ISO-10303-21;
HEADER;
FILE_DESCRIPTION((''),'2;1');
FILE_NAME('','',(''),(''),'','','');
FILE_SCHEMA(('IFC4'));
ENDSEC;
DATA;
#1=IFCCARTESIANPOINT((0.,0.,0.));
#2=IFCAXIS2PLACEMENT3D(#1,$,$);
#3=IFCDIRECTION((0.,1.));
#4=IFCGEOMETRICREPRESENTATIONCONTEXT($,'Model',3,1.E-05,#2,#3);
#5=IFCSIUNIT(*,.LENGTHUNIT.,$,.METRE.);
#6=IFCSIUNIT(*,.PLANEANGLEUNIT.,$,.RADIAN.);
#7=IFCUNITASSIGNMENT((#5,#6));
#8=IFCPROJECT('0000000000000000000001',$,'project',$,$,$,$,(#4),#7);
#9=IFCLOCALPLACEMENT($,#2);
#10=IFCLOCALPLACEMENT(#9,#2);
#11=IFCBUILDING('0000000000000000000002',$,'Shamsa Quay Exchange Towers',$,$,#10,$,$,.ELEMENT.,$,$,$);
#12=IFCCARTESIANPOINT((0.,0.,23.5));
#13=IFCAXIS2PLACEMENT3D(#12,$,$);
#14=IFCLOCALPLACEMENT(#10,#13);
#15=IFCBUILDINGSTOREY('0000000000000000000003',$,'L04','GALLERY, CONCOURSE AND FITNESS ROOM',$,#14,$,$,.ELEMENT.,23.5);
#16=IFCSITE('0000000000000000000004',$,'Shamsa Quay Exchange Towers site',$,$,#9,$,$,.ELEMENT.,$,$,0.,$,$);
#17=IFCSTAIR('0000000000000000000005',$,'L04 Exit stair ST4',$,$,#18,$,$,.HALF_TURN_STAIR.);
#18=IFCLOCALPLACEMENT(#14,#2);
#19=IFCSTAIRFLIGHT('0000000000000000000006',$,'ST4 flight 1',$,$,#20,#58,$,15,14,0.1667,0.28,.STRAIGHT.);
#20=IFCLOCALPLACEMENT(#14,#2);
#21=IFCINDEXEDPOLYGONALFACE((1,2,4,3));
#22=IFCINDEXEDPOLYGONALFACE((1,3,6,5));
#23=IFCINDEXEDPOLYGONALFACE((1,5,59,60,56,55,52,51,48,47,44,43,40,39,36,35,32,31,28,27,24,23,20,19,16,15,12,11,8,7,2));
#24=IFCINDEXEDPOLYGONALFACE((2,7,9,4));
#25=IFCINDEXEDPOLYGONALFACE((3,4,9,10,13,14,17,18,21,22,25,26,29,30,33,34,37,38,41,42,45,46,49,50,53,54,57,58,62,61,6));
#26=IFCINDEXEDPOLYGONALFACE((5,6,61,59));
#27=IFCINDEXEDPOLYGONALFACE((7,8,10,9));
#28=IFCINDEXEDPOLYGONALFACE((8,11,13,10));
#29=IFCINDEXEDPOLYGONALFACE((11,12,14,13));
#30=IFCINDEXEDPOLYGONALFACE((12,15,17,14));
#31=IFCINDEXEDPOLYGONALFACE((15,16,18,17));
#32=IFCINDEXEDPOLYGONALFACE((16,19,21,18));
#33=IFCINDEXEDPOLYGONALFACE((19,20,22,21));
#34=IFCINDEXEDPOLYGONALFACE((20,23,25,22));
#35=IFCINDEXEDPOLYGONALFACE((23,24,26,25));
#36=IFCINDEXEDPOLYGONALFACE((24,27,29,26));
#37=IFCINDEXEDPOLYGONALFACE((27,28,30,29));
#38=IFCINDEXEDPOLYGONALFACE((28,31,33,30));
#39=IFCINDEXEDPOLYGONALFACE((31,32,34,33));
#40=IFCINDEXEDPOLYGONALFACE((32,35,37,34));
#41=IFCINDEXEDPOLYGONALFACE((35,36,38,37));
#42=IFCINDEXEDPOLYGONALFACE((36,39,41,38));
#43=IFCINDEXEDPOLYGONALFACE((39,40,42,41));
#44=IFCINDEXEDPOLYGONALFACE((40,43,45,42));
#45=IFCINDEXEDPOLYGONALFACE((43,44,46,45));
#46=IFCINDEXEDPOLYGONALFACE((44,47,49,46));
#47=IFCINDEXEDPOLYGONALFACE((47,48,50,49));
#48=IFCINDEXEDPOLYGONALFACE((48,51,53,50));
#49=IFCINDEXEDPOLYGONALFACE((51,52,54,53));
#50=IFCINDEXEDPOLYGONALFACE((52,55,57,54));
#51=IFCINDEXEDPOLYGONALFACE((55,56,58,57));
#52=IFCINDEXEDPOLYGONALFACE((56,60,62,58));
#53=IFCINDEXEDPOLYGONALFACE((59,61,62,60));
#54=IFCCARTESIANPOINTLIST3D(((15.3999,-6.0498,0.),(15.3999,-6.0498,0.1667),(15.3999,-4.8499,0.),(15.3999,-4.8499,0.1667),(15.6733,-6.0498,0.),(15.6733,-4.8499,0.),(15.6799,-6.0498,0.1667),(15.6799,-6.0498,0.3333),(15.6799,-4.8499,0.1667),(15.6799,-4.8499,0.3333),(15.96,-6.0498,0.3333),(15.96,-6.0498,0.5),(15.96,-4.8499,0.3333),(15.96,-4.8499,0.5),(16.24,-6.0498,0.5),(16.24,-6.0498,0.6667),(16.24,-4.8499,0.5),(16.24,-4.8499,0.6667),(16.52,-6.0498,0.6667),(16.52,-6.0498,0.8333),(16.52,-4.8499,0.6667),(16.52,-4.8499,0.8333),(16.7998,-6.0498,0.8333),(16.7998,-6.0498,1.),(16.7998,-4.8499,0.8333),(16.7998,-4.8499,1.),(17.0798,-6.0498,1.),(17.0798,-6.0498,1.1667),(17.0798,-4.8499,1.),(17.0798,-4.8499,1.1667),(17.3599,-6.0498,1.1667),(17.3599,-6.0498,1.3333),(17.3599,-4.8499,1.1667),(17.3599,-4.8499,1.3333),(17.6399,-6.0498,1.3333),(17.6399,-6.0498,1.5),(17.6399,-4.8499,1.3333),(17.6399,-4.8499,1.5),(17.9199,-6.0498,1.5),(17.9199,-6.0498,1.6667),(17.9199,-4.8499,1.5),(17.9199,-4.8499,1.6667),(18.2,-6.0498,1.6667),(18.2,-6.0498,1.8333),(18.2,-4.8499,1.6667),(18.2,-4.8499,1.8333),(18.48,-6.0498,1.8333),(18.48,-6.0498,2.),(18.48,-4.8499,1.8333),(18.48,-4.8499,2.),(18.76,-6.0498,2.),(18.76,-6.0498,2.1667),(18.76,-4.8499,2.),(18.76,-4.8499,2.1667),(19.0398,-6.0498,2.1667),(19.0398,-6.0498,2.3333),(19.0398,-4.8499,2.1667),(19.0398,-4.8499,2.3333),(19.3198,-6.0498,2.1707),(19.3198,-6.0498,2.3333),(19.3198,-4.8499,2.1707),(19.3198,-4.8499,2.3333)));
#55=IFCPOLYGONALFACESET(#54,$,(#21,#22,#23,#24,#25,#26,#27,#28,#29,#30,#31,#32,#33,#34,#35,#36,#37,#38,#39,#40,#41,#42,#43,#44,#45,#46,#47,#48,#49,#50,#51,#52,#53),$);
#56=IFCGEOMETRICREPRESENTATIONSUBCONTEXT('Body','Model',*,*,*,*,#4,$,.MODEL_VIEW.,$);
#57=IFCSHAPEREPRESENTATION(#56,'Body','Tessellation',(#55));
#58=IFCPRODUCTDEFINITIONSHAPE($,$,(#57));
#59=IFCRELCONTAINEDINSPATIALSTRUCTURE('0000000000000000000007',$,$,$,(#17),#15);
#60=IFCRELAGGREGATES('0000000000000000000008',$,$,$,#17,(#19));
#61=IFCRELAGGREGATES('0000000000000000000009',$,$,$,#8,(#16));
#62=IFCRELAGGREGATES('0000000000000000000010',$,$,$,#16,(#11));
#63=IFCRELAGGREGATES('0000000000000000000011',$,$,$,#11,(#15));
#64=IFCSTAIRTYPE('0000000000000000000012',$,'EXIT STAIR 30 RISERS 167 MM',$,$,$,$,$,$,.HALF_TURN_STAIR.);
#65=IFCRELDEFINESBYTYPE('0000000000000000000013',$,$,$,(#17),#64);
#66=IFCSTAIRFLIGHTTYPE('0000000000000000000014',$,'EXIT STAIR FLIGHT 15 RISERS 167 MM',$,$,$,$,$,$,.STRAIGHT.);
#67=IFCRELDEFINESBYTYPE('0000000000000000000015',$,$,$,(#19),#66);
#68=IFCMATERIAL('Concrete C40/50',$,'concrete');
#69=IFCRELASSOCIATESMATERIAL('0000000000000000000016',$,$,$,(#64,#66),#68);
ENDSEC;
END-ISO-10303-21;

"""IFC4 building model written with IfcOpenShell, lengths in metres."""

from ifc_helpers import new_model, si_unit, direction, frame, origin, place, context, subcontext, project, spatial, polyline, outline, extrude, material, type_object, element, aggregate, save


model = new_model("IFC4")

# Units and contexts
model_context = context("Model", 3, precision=1e-05, world=origin(), true_north=direction((0.0, 1.0)))
body_context = subcontext(model_context, "Body", "Model", "MODEL_VIEW")
ifc_project = project(units=[si_unit("LENGTHUNIT", "METRE"), si_unit("PLANEANGLEUNIT", "RADIAN")], contexts=[model_context])

# Site, building, storey
site_placement = place(None, origin())
site = spatial("IfcSite", under=ifc_project, at=site_placement, Name="Shamsa Quay Exchange Towers site", CompositionType="ELEMENT", RefElevation=0.0)
building_placement = place(site_placement, origin())
building = spatial("IfcBuilding", under=site, at=building_placement, Name="Shamsa Quay Exchange Towers", CompositionType="ELEMENT")
storey_placement = place(building_placement, frame((0.0, 0.0, 23.5)))
storey = spatial("IfcBuildingStorey", under=building, at=storey_placement, Name="L04", Description="GALLERY, CONCOURSE AND FITNESS ROOM", CompositionType="ELEMENT", Elevation=23.5)

# Shared definitions
ifc_material_1 = material(Name="Concrete C40/50", Category="concrete")
stair_type_1 = type_object("IfcStairType", Name="EXIT STAIR 30 RISERS 167 MM", PredefinedType="HALF_TURN_STAIR", material=ifc_material_1)

# Stair, stair flight
stair_1_placement = place(storey_placement, origin())
stair_1 = element("IfcStair", 1, at=stair_1_placement, inside=storey, type_object=stair_type_1, Name="L04 Exit stair ST4", PredefinedType="HALF_TURN_STAIR")
stair_flight_type = type_object("IfcStairFlightType", Name="EXIT STAIR FLIGHT 15 RISERS 167 MM", PredefinedType="STRAIGHT", material=ifc_material_1)
stair_flight_placement = place(storey_placement, frame((15.3999, -5.45, 0.0)))
stair_flight = element("IfcStairFlight", 2, at=stair_flight_placement, type_object=stair_flight_type, Name="ST4 flight 1", NumberOfRisers=15, NumberOfTreads=14, PredefinedType="STRAIGHT", RiserHeight=0.1667, TreadLength=0.28, context=body_context, shape_type="SweptSolid", body=[
    extrude(outline(polyline([(0.0, 0.0), (0.0, 0.1667), (0.28, 0.1667), (0.28, 0.3333), (0.5601, 0.3333), (0.5601, 0.5), (0.8401, 0.5), (0.8401, 0.6667), (1.1201, 0.6667), (1.1201, 0.8333), (1.3999, 0.8333), (1.3999, 1.0), (1.6799, 1.0), (1.6799, 1.1667), (1.96, 1.1667), (1.96, 1.3333), (2.24, 1.3333), (2.24, 1.5), (2.52, 1.5), (2.52, 1.6667), (2.8, 1.6667), (2.8, 1.8333), (3.0801, 1.8333), (3.0801, 2.0), (3.3601, 2.0), (3.3601, 2.1667), (3.6399, 2.1667), (3.6399, 2.3333), (3.9199, 2.3333), (3.9199, 2.5), (3.9199, 2.1707), (0.2734, 0.0), (0.0, 0.0)])), frame((0.0, 0.6001, 0.0), z_axis=(0.0, -1.0, 0.0), x_axis=(1.0, 0.0, 0.0)), (0.0, 0.0, 1.0), 1.2),
])
aggregate(stair_1, [stair_flight])

save(model, "model.ifc")
